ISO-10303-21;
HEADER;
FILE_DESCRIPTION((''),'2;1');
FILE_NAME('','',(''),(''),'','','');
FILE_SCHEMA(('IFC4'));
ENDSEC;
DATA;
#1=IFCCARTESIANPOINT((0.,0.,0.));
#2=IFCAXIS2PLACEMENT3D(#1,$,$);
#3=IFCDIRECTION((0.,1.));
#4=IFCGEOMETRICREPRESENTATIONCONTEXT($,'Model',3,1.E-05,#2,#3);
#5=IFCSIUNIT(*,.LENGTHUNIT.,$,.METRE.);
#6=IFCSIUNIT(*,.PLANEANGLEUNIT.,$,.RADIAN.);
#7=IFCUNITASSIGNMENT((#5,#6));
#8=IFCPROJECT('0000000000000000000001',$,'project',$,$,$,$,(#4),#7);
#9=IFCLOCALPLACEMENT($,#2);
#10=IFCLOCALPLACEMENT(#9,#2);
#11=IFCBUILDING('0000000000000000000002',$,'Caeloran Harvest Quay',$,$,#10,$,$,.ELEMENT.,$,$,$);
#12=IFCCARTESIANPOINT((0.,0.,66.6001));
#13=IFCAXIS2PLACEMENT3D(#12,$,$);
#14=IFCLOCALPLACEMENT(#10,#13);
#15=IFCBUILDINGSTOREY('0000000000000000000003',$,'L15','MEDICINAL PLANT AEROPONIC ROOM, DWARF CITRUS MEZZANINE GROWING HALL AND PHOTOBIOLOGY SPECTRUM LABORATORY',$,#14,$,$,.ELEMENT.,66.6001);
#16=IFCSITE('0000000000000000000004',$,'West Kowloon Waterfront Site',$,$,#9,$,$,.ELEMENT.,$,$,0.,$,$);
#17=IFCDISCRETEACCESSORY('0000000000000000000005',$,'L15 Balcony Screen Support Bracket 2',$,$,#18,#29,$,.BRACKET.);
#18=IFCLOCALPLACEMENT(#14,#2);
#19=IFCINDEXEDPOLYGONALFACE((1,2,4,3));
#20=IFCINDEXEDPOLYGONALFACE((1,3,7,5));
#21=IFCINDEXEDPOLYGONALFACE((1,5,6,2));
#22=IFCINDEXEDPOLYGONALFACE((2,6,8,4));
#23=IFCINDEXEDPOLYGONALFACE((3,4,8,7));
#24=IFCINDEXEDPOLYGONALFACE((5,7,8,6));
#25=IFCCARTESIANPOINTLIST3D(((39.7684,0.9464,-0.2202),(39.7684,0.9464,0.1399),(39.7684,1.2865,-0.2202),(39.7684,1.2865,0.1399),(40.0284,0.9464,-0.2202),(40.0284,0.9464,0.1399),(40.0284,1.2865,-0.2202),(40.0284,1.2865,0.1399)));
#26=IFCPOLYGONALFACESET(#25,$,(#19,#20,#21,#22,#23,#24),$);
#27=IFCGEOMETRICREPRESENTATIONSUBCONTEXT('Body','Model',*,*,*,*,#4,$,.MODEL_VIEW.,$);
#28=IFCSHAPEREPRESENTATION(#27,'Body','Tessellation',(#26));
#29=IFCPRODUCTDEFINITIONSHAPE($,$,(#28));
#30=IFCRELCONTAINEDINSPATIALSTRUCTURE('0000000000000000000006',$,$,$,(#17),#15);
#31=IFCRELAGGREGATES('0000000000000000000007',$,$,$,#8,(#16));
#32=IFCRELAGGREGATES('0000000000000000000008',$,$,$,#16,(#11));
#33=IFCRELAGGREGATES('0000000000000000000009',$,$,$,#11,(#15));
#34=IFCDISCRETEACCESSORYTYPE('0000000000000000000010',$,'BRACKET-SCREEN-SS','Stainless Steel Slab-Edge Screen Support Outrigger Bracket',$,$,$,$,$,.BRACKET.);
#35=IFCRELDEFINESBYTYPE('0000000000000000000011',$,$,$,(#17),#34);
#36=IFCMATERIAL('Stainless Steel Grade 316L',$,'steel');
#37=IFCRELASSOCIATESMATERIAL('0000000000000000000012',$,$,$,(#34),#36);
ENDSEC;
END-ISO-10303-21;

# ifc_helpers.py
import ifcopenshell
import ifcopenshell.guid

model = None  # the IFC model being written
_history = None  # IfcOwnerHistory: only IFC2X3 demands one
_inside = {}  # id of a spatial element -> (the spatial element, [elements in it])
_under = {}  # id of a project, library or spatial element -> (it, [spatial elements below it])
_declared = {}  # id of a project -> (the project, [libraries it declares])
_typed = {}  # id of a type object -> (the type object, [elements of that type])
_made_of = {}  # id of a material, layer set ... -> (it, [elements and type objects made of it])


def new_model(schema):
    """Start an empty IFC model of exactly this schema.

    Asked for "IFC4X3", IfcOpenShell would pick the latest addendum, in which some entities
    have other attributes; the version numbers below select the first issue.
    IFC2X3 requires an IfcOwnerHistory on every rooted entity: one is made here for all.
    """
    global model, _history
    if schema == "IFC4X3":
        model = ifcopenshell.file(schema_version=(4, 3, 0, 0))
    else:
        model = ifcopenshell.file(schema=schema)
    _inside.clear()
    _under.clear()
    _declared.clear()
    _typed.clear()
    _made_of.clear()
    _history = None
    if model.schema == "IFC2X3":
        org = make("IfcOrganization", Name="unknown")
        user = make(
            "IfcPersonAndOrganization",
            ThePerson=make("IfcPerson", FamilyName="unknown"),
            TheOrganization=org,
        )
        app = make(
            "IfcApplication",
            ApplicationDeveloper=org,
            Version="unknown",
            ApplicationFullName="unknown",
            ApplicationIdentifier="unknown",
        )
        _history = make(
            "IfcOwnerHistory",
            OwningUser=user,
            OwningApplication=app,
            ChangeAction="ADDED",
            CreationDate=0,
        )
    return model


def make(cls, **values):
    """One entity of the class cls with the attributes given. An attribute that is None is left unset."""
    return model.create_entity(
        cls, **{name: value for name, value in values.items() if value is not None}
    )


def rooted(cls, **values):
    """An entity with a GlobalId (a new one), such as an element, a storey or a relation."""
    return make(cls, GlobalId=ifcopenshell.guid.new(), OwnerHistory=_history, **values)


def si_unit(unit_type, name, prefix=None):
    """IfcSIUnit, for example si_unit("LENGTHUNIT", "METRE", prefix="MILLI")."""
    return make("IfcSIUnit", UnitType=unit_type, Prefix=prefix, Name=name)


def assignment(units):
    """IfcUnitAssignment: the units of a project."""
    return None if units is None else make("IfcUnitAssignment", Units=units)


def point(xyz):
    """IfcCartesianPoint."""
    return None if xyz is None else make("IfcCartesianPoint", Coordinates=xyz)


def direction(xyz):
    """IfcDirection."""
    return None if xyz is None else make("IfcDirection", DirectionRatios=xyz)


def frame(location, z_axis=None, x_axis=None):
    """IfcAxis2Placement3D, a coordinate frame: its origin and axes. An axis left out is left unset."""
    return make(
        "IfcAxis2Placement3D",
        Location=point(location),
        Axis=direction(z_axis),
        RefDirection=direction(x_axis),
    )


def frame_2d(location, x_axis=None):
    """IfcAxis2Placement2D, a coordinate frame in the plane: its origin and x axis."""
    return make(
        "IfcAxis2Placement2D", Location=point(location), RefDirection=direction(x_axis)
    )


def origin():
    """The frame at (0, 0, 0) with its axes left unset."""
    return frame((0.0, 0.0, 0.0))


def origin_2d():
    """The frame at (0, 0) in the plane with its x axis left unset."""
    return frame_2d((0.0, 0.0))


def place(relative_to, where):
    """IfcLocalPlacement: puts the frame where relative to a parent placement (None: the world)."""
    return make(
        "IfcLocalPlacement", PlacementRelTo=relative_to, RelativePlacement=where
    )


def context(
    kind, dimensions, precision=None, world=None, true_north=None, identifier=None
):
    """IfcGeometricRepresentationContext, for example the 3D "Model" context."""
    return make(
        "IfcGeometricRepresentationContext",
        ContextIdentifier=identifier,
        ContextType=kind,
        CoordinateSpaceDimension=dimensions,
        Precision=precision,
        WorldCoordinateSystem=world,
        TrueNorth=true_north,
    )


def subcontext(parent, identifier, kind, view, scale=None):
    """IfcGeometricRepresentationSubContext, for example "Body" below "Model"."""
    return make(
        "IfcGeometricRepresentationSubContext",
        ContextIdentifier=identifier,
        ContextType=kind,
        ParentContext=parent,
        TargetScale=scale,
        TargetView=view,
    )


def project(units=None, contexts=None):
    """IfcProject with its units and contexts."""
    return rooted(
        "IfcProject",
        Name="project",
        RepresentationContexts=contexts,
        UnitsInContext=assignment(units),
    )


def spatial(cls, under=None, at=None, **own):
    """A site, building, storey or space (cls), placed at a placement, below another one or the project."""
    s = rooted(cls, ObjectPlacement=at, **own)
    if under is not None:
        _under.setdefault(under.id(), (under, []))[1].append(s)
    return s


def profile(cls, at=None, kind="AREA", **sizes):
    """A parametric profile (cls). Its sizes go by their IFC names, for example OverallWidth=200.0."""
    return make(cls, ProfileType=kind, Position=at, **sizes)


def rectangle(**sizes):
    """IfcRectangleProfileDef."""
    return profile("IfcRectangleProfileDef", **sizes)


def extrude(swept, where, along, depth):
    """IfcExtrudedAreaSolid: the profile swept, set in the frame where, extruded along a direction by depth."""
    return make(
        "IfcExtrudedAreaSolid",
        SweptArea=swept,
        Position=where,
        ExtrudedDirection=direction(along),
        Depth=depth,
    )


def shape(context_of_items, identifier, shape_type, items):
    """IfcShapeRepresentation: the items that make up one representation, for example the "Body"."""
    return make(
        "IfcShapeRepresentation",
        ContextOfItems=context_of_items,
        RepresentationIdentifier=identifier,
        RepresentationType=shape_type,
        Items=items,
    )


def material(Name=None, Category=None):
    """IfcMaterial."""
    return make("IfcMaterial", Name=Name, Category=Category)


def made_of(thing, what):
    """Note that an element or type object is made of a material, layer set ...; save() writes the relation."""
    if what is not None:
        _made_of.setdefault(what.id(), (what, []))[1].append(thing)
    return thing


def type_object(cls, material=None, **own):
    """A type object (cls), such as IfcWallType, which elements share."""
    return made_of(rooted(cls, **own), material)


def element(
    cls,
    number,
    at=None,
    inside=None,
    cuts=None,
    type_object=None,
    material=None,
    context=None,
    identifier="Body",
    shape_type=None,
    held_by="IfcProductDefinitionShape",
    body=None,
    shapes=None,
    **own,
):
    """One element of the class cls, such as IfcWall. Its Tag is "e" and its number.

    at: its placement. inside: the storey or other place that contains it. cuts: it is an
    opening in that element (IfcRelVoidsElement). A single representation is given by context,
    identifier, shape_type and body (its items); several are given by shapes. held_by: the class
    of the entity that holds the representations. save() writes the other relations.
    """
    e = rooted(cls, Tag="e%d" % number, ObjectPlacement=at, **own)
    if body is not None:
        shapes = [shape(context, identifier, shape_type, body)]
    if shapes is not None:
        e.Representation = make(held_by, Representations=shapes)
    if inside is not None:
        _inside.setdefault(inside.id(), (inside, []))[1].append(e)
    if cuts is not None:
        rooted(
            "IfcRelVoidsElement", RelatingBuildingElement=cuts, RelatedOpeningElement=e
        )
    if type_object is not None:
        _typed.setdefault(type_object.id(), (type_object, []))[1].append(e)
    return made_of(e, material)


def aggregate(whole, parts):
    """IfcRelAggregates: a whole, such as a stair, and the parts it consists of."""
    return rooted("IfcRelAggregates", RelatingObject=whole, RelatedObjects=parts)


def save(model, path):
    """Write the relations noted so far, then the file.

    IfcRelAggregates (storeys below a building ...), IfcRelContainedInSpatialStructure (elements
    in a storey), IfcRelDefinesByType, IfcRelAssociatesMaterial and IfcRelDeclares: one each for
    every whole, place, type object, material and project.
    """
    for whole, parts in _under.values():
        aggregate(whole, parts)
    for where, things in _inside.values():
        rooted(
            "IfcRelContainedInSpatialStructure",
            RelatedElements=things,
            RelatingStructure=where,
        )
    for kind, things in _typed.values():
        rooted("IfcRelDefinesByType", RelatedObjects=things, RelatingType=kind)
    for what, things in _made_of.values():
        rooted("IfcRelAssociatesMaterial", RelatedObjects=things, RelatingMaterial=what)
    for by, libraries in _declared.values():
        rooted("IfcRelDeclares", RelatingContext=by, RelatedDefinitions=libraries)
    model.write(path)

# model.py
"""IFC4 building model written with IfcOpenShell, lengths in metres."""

from ifc_helpers import new_model, si_unit, direction, frame, origin, origin_2d, place, context, subcontext, project, spatial, rectangle, extrude, material, type_object, element, save


model = new_model("IFC4")

# Units and contexts
model_context = context("Model", 3, precision=1e-05, world=origin(), true_north=direction((0.0, 1.0)))
body_context = subcontext(model_context, "Body", "Model", "MODEL_VIEW")
ifc_project = project(units=[si_unit("LENGTHUNIT", "METRE"), si_unit("PLANEANGLEUNIT", "RADIAN")], contexts=[model_context])

# Site, building, storey
site_placement = place(None, origin())
site = spatial("IfcSite", under=ifc_project, at=site_placement, Name="West Kowloon Waterfront Site", CompositionType="ELEMENT", RefElevation=0.0)
building_placement = place(site_placement, origin())
building = spatial("IfcBuilding", under=site, at=building_placement, Name="Caeloran Harvest Quay", CompositionType="ELEMENT")
storey_placement = place(building_placement, frame((0.0, 0.0, 66.6001)))
storey = spatial("IfcBuildingStorey", under=building, at=storey_placement, Name="L15", Description="MEDICINAL PLANT AEROPONIC ROOM, DWARF CITRUS MEZZANINE GROWING HALL AND PHOTOBIOLOGY SPECTRUM LABORATORY", CompositionType="ELEMENT", Elevation=66.6001)

# Discrete accessory
ifc_material_1 = material(Name="Stainless Steel Grade 316L", Category="steel")
discrete_accessory_type = type_object("IfcDiscreteAccessoryType", Name="BRACKET-SCREEN-SS", Description="Stainless Steel Slab-Edge Screen Support Outrigger Bracket", PredefinedType="BRACKET", material=ifc_material_1)
for number, where, z_axis, x_axis, name in (
    (1, (39.8984, 1.1165, -0.2202), (0.0, 0.0, 1.0), (1.0, 0.0, 0.0), "L15 Balcony Screen Support Bracket 2"),
):
    element("IfcDiscreteAccessory", number, at=place(storey_placement, frame(where, z_axis=z_axis, x_axis=x_axis)), inside=storey, type_object=discrete_accessory_type, Name=name, PredefinedType="BRACKET", context=body_context, shape_type="SweptSolid", body=[
        extrude(rectangle(XDim=0.26, YDim=0.3401, at=origin_2d()), origin(), (0.0, 0.0, 1.0), 0.3601),
    ])

save(model, "model.ifc")
